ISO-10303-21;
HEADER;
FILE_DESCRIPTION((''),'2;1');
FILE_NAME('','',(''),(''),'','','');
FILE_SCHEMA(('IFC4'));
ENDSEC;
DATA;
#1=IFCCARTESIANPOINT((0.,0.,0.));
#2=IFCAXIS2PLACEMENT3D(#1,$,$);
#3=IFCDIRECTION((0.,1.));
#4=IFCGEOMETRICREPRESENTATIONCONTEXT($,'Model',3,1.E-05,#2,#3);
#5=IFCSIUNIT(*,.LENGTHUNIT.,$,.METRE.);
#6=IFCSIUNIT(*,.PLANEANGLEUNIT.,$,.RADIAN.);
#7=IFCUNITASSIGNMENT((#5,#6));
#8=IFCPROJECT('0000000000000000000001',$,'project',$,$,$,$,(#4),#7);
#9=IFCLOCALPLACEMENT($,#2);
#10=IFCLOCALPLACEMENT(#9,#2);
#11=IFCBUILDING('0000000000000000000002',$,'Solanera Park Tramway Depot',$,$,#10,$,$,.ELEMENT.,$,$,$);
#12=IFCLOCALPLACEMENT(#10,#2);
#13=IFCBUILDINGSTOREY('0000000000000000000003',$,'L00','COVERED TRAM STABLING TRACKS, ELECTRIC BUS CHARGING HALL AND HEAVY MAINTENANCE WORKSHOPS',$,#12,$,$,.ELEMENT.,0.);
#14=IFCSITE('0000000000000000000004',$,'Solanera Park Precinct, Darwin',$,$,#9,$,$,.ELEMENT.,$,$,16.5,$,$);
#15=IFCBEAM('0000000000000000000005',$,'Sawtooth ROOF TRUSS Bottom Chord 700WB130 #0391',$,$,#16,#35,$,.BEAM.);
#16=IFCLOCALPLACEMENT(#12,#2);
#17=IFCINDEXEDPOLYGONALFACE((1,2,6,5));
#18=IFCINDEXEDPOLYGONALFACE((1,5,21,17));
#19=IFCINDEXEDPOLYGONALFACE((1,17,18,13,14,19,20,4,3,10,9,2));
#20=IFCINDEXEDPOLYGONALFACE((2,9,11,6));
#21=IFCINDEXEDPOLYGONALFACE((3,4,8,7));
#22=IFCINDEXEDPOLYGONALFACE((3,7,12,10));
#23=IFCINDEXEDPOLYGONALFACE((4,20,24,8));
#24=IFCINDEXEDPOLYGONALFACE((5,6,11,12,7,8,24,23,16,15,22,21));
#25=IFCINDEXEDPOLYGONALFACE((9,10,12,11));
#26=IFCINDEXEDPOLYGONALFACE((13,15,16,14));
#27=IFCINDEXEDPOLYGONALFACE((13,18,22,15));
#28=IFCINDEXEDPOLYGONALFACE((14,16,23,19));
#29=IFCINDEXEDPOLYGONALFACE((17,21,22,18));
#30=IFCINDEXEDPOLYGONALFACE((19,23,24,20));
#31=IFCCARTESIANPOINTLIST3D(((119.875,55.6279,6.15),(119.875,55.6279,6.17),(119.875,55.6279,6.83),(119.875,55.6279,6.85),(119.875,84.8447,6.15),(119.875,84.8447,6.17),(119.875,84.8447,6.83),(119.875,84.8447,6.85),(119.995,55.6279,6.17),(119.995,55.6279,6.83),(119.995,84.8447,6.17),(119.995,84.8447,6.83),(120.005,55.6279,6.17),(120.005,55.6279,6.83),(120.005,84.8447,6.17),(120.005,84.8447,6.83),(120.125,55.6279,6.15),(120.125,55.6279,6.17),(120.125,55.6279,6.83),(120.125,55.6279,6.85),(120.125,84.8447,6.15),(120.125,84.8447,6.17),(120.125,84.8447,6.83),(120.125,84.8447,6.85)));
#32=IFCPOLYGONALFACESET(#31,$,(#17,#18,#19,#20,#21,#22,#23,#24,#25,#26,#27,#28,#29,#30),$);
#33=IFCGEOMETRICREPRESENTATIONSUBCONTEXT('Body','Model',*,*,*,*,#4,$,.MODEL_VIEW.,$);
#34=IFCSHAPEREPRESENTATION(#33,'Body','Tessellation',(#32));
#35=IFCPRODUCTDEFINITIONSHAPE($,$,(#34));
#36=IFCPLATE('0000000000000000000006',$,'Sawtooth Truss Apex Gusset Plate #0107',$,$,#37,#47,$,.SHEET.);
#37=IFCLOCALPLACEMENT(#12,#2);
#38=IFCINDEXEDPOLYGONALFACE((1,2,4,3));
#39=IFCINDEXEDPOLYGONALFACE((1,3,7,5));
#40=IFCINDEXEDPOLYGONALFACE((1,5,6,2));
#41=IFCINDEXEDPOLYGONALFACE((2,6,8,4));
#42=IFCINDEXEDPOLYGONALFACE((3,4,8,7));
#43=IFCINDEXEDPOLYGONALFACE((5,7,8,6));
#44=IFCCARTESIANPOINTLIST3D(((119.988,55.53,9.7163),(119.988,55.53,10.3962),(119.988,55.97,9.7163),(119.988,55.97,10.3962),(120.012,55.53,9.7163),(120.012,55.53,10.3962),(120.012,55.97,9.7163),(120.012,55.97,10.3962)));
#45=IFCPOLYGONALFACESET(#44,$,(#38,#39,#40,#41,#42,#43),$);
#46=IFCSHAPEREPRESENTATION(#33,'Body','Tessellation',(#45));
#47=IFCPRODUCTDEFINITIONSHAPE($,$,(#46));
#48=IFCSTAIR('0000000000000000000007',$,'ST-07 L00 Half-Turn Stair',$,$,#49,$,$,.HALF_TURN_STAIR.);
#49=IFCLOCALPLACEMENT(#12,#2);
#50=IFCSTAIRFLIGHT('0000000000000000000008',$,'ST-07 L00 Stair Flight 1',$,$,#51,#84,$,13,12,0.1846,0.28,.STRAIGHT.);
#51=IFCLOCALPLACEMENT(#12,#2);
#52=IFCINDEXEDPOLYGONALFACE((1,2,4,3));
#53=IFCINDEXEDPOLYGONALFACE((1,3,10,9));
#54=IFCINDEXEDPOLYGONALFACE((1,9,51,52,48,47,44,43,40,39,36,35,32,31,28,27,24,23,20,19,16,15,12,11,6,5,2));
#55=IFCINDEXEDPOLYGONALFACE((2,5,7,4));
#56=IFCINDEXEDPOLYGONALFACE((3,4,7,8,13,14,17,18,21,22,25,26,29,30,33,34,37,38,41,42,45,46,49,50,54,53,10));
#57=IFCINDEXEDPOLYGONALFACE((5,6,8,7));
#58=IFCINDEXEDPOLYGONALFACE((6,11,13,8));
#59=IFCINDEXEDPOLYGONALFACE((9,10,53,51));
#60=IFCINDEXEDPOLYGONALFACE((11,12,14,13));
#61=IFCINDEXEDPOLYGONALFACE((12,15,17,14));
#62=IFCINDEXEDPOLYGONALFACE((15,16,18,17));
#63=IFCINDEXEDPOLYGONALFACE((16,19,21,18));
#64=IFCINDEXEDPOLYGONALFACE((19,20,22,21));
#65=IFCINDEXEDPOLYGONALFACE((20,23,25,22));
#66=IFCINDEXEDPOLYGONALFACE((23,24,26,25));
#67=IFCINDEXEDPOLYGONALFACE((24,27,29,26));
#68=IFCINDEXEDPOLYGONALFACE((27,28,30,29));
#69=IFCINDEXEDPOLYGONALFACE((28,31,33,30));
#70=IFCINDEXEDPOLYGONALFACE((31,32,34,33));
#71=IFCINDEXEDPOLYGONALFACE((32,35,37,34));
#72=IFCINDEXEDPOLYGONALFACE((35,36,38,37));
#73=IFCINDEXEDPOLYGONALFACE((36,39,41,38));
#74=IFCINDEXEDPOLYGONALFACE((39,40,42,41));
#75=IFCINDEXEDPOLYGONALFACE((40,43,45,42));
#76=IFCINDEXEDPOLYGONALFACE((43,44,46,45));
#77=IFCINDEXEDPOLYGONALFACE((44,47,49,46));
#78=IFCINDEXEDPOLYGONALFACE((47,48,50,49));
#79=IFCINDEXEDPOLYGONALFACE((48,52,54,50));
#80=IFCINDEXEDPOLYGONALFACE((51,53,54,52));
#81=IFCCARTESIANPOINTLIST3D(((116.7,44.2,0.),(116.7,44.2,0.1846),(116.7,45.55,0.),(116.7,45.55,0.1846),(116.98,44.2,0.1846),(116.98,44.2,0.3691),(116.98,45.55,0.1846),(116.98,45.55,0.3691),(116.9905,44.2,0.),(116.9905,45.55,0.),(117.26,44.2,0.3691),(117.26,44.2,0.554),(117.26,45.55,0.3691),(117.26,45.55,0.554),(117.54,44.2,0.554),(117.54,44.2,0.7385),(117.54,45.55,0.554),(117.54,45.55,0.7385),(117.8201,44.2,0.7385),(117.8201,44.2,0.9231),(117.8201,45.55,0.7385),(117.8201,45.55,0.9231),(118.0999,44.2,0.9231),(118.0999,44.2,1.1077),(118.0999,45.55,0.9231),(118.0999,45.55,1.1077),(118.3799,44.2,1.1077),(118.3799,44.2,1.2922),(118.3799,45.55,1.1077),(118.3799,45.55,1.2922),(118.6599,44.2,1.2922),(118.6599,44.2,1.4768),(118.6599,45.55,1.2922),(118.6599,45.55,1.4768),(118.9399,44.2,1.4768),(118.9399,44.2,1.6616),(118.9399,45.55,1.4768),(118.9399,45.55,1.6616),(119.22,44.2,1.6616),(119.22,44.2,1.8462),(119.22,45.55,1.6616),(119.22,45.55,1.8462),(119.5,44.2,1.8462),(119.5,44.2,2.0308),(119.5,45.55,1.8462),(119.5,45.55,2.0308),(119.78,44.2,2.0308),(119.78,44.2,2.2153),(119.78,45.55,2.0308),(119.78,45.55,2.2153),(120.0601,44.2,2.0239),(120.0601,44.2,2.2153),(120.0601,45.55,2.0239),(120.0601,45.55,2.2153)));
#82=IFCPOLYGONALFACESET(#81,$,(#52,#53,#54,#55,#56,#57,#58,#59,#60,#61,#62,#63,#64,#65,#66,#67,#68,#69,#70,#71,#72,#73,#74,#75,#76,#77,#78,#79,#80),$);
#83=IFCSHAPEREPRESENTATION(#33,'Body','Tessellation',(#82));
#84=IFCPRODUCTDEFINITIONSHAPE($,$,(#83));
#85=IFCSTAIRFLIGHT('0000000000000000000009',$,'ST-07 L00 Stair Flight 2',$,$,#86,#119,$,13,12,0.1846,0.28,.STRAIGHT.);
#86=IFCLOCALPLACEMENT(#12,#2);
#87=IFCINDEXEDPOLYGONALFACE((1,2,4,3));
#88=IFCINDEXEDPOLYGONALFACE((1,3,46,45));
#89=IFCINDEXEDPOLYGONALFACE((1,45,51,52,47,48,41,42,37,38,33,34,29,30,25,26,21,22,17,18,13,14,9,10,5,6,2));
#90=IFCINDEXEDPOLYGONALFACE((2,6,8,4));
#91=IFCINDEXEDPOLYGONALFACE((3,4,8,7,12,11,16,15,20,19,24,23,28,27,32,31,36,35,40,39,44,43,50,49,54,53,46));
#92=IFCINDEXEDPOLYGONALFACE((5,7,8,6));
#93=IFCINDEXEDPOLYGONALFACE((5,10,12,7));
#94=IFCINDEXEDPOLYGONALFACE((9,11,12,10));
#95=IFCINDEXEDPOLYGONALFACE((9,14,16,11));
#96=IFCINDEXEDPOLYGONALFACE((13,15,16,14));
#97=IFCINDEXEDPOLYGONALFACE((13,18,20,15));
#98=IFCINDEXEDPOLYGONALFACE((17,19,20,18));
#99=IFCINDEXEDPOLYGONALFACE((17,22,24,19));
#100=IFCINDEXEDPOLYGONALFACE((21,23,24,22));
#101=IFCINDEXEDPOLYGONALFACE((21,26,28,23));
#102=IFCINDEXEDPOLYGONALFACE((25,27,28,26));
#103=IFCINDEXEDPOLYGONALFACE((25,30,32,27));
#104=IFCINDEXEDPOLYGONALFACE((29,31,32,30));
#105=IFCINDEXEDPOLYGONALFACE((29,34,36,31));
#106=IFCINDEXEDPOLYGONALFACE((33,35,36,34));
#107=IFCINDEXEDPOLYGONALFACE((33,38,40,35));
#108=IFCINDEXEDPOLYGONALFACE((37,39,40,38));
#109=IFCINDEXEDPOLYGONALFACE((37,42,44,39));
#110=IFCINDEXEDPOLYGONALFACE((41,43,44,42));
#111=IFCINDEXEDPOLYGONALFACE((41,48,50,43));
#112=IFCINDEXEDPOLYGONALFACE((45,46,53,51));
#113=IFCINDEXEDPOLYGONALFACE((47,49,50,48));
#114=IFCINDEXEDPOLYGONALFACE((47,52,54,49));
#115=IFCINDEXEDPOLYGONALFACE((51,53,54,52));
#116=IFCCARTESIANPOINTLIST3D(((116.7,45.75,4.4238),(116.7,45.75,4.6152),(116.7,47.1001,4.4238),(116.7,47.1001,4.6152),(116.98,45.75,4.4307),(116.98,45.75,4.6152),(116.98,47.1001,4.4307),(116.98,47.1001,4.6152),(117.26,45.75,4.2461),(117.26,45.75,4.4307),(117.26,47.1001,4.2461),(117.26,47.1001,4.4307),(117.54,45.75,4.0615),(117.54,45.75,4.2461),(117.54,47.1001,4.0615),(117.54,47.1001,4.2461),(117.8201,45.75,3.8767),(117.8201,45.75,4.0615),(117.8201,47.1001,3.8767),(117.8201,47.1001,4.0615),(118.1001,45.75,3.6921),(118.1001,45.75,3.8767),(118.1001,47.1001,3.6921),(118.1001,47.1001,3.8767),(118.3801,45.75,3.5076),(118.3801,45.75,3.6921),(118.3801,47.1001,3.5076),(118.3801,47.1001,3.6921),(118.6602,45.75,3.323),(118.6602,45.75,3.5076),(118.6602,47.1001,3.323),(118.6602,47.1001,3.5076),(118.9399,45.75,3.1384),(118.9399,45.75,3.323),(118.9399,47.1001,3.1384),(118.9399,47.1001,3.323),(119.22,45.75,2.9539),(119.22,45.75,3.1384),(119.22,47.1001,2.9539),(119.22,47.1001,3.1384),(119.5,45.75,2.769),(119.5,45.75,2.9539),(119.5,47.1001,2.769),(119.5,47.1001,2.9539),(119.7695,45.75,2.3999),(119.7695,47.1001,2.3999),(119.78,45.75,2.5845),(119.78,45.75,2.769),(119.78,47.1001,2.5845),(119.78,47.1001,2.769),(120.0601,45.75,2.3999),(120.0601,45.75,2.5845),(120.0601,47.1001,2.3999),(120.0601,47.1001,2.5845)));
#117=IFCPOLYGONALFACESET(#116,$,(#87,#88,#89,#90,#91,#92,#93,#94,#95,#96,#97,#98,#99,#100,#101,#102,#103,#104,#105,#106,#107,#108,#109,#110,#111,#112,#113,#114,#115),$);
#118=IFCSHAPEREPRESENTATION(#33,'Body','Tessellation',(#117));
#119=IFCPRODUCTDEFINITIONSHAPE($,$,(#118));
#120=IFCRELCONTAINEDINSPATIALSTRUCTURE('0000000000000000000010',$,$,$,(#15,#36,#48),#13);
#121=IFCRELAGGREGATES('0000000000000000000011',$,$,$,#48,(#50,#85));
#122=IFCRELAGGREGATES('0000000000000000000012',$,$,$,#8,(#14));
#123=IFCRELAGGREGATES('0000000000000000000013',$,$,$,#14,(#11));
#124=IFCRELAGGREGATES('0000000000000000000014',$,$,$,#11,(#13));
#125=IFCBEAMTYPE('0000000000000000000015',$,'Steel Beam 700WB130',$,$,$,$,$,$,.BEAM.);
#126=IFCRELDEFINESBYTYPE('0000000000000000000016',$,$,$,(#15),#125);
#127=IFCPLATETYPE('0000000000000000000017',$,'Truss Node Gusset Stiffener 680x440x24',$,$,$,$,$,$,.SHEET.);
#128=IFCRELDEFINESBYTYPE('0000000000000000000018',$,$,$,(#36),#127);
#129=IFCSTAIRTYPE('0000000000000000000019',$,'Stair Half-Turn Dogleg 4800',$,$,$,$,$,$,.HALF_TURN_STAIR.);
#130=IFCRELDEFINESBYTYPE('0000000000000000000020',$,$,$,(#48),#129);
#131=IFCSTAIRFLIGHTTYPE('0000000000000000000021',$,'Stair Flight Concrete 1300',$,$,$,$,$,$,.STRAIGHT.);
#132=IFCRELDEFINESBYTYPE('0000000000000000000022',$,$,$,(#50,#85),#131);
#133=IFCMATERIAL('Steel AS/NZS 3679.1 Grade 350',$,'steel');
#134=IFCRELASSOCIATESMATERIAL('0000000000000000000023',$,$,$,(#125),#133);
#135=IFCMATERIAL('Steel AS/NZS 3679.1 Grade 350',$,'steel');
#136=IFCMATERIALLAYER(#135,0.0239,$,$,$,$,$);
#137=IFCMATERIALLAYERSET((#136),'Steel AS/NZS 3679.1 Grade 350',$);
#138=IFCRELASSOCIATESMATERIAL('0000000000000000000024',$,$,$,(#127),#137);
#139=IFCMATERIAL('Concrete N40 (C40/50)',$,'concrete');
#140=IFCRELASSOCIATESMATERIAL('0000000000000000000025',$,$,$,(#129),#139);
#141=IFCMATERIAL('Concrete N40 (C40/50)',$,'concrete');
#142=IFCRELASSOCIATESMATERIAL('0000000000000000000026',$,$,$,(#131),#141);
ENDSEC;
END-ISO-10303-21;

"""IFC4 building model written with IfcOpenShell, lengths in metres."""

from ifc_helpers import new_model, si_unit, direction, frame, origin, origin_2d, place, context, subcontext, project, spatial, polyline, rectangle, i_section, outline, extrude, material, layer, layer_set, material_profile, profile_set, type_object, element, aggregate, save


model = new_model("IFC4")

# Units and contexts
model_context = context("Model", 3, precision=1e-05, world=origin(), true_north=direction((0.0, 1.0)))
body_context = subcontext(model_context, "Body", "Model", "MODEL_VIEW")
ifc_project = project(units=[si_unit("LENGTHUNIT", "METRE"), si_unit("PLANEANGLEUNIT", "RADIAN")], contexts=[model_context])

# Site, building, storey
site_placement = place(None, origin())
site = spatial("IfcSite", under=ifc_project, at=site_placement, Name="Solanera Park Precinct, Darwin", CompositionType="ELEMENT", RefElevation=16.5)
building_placement = place(site_placement, origin())
building = spatial("IfcBuilding", under=site, at=building_placement, Name="Solanera Park Tramway Depot", CompositionType="ELEMENT")
storey_placement = place(building_placement, origin())
storey = spatial("IfcBuildingStorey", under=building, at=storey_placement, Name="L00", Description="COVERED TRAM STABLING TRACKS, ELECTRIC BUS CHARGING HALL AND HEAVY MAINTENANCE WORKSHOPS", CompositionType="ELEMENT", Elevation=0.0)

# Beam
ifc_material_1 = material(Name="Steel AS/NZS 3679.1 Grade 350", Category="steel")
ifc_material_profile_1 = material_profile(ifc_material_1, i_section(OverallWidth=0.25, OverallDepth=0.7, WebThickness=0.01, FlangeThickness=0.02, at=origin_2d()), Name="700WB130")
ifc_profile_set_1 = profile_set([ifc_material_profile_1], Name="Steel AS/NZS 3679.1 Grade 350")
beam_type_1 = type_object("IfcBeamType", Name="Steel Beam 700WB130", PredefinedType="BEAM", material=ifc_profile_set_1)
beam_1_placement = place(storey_placement, frame((120.0, 55.6279, 6.5), z_axis=(0.0, 1.0, 0.0), x_axis=(-1.0, 0.0, 0.0)))
element("IfcBeam", 1, at=beam_1_placement, inside=storey, type_object=beam_type_1, Name="Sawtooth ROOF TRUSS Bottom Chord 700WB130 #0391", PredefinedType="BEAM", context=body_context, shape_type="SweptSolid", body=[
    extrude(i_section(OverallWidth=0.25, OverallDepth=0.7, WebThickness=0.01, FlangeThickness=0.02, at=origin_2d()), origin(), (0.0, 0.0, 1.0), 29.2168),
])

# Plate
ifc_material_2 = material(Name="Steel AS/NZS 3679.1 Grade 350", Category="steel")
ifc_layer_1 = layer(ifc_material_2, 0.0239)
ifc_layer_set_1 = layer_set([ifc_layer_1], Name="Steel AS/NZS 3679.1 Grade 350")
plate_type = type_object("IfcPlateType", Name="Truss Node Gusset Stiffener 680x440x24", PredefinedType="SHEET", material=ifc_layer_set_1)
plate_placement = place(storey_placement, frame((120.0, 55.75, 9.7163), z_axis=(0.0, 0.0, 1.0), x_axis=(1.0, 0.0, 0.0)))
element("IfcPlate", 2, at=plate_placement, inside=storey, type_object=plate_type, Name="Sawtooth Truss Apex Gusset Plate #0107", PredefinedType="SHEET", context=body_context, shape_type="SweptSolid", body=[
    extrude(rectangle(XDim=0.0239, YDim=0.4399, at=origin_2d()), origin(), (0.0, 0.0, 1.0), 0.6799),
])

# Stair, stair flights
ifc_material_3 = material(Name="Concrete N40 (C40/50)", Category="concrete")
stair_type = type_object("IfcStairType", Name="Stair Half-Turn Dogleg 4800", PredefinedType="HALF_TURN_STAIR", material=ifc_material_3)
stair_placement = place(storey_placement, origin())
stair = element("IfcStair", 3, at=stair_placement, inside=storey, type_object=stair_type, Name="ST-07 L00 Half-Turn Stair", PredefinedType="HALF_TURN_STAIR")
ifc_material_4 = material(Name="Concrete N40 (C40/50)", Category="concrete")
stair_flight_type = type_object("IfcStairFlightType", Name="Stair Flight Concrete 1300", PredefinedType="STRAIGHT", material=ifc_material_4)
stair_flight_1_placement = place(storey_placement, frame((116.7, 44.875, 0.0), z_axis=(0.0, 0.0, 1.0), x_axis=(1.0, 0.0, 0.0)))
stair_flight_1 = element("IfcStairFlight", 4, at=stair_flight_1_placement, type_object=stair_flight_type, Name="ST-07 L00 Stair Flight 1", NumberOfRisers=13, NumberOfTreads=12, PredefinedType="STRAIGHT", RiserHeight=0.1846, TreadLength=0.28, context=body_context, shape_type="SweptSolid", body=[
    extrude(outline(polyline([(0.0, 0.0), (0.0, 0.1846), (0.28, 0.1846), (0.28, 0.3691), (0.5601, 0.3691), (0.5601, 0.554), (0.8401, 0.554), (0.8401, 0.7385), (1.1201, 0.7385), (1.1201, 0.9231), (1.3999, 0.9231), (1.3999, 1.1077), (1.6799, 1.1077), (1.6799, 1.2922), (1.96, 1.2922), (1.96, 1.4768), (2.24, 1.4768), (2.24, 1.6616), (2.52, 1.6616), (2.52, 1.8462), (2.8, 1.8462), (2.8, 2.0308), (3.0801, 2.0308), (3.0801, 2.2153), (3.3601, 2.2153), (3.3601, 2.3999), (3.3601, 2.0239), (0.2905, 0.0), (0.0, 0.0)])), frame((0.0, 0.675, 0.0), z_axis=(0.0, -1.0, 0.0), x_axis=(1.0, 0.0, 0.0)), (0.0, 0.0, 1.0), 1.3501),
])
stair_flight_2_placement = place(storey_placement, frame((120.0601, 46.425, 2.3999), z_axis=(0.0, 0.0, 1.0), x_axis=(-1.0, 0.0, 0.0)))
stair_flight_2 = element("IfcStairFlight", 5, at=stair_flight_2_placement, type_object=stair_flight_type, Name="ST-07 L00 Stair Flight 2", NumberOfRisers=13, NumberOfTreads=12, PredefinedType="STRAIGHT", RiserHeight=0.1846, TreadLength=0.28, context=body_context, shape_type="SweptSolid", body=[
    extrude(outline(polyline([(0.0, 0.0), (0.0, 0.1846), (0.28, 0.1846), (0.28, 0.3691), (0.5601, 0.3691), (0.5601, 0.554), (0.8401, 0.554), (0.8401, 0.7385), (1.1201, 0.7385), (1.1201, 0.9231), (1.3999, 0.9231), (1.3999, 1.1077), (1.6799, 1.1077), (1.6799, 1.2922), (1.96, 1.2922), (1.96, 1.4768), (2.24, 1.4768), (2.24, 1.6616), (2.52, 1.6616), (2.52, 1.8462), (2.8, 1.8462), (2.8, 2.0308), (3.0801, 2.0308), (3.0801, 2.2153), (3.3601, 2.2153), (3.3601, 2.3999), (3.3601, 2.0239), (0.2905, 0.0), (0.0, 0.0)])), frame((0.0, 0.675, 0.0), z_axis=(0.0, -1.0, 0.0), x_axis=(1.0, 0.0, 0.0)), (0.0, 0.0, 1.0), 1.3501),
])
aggregate(stair, [stair_flight_1, stair_flight_2])

save(model, "model.ifc")
